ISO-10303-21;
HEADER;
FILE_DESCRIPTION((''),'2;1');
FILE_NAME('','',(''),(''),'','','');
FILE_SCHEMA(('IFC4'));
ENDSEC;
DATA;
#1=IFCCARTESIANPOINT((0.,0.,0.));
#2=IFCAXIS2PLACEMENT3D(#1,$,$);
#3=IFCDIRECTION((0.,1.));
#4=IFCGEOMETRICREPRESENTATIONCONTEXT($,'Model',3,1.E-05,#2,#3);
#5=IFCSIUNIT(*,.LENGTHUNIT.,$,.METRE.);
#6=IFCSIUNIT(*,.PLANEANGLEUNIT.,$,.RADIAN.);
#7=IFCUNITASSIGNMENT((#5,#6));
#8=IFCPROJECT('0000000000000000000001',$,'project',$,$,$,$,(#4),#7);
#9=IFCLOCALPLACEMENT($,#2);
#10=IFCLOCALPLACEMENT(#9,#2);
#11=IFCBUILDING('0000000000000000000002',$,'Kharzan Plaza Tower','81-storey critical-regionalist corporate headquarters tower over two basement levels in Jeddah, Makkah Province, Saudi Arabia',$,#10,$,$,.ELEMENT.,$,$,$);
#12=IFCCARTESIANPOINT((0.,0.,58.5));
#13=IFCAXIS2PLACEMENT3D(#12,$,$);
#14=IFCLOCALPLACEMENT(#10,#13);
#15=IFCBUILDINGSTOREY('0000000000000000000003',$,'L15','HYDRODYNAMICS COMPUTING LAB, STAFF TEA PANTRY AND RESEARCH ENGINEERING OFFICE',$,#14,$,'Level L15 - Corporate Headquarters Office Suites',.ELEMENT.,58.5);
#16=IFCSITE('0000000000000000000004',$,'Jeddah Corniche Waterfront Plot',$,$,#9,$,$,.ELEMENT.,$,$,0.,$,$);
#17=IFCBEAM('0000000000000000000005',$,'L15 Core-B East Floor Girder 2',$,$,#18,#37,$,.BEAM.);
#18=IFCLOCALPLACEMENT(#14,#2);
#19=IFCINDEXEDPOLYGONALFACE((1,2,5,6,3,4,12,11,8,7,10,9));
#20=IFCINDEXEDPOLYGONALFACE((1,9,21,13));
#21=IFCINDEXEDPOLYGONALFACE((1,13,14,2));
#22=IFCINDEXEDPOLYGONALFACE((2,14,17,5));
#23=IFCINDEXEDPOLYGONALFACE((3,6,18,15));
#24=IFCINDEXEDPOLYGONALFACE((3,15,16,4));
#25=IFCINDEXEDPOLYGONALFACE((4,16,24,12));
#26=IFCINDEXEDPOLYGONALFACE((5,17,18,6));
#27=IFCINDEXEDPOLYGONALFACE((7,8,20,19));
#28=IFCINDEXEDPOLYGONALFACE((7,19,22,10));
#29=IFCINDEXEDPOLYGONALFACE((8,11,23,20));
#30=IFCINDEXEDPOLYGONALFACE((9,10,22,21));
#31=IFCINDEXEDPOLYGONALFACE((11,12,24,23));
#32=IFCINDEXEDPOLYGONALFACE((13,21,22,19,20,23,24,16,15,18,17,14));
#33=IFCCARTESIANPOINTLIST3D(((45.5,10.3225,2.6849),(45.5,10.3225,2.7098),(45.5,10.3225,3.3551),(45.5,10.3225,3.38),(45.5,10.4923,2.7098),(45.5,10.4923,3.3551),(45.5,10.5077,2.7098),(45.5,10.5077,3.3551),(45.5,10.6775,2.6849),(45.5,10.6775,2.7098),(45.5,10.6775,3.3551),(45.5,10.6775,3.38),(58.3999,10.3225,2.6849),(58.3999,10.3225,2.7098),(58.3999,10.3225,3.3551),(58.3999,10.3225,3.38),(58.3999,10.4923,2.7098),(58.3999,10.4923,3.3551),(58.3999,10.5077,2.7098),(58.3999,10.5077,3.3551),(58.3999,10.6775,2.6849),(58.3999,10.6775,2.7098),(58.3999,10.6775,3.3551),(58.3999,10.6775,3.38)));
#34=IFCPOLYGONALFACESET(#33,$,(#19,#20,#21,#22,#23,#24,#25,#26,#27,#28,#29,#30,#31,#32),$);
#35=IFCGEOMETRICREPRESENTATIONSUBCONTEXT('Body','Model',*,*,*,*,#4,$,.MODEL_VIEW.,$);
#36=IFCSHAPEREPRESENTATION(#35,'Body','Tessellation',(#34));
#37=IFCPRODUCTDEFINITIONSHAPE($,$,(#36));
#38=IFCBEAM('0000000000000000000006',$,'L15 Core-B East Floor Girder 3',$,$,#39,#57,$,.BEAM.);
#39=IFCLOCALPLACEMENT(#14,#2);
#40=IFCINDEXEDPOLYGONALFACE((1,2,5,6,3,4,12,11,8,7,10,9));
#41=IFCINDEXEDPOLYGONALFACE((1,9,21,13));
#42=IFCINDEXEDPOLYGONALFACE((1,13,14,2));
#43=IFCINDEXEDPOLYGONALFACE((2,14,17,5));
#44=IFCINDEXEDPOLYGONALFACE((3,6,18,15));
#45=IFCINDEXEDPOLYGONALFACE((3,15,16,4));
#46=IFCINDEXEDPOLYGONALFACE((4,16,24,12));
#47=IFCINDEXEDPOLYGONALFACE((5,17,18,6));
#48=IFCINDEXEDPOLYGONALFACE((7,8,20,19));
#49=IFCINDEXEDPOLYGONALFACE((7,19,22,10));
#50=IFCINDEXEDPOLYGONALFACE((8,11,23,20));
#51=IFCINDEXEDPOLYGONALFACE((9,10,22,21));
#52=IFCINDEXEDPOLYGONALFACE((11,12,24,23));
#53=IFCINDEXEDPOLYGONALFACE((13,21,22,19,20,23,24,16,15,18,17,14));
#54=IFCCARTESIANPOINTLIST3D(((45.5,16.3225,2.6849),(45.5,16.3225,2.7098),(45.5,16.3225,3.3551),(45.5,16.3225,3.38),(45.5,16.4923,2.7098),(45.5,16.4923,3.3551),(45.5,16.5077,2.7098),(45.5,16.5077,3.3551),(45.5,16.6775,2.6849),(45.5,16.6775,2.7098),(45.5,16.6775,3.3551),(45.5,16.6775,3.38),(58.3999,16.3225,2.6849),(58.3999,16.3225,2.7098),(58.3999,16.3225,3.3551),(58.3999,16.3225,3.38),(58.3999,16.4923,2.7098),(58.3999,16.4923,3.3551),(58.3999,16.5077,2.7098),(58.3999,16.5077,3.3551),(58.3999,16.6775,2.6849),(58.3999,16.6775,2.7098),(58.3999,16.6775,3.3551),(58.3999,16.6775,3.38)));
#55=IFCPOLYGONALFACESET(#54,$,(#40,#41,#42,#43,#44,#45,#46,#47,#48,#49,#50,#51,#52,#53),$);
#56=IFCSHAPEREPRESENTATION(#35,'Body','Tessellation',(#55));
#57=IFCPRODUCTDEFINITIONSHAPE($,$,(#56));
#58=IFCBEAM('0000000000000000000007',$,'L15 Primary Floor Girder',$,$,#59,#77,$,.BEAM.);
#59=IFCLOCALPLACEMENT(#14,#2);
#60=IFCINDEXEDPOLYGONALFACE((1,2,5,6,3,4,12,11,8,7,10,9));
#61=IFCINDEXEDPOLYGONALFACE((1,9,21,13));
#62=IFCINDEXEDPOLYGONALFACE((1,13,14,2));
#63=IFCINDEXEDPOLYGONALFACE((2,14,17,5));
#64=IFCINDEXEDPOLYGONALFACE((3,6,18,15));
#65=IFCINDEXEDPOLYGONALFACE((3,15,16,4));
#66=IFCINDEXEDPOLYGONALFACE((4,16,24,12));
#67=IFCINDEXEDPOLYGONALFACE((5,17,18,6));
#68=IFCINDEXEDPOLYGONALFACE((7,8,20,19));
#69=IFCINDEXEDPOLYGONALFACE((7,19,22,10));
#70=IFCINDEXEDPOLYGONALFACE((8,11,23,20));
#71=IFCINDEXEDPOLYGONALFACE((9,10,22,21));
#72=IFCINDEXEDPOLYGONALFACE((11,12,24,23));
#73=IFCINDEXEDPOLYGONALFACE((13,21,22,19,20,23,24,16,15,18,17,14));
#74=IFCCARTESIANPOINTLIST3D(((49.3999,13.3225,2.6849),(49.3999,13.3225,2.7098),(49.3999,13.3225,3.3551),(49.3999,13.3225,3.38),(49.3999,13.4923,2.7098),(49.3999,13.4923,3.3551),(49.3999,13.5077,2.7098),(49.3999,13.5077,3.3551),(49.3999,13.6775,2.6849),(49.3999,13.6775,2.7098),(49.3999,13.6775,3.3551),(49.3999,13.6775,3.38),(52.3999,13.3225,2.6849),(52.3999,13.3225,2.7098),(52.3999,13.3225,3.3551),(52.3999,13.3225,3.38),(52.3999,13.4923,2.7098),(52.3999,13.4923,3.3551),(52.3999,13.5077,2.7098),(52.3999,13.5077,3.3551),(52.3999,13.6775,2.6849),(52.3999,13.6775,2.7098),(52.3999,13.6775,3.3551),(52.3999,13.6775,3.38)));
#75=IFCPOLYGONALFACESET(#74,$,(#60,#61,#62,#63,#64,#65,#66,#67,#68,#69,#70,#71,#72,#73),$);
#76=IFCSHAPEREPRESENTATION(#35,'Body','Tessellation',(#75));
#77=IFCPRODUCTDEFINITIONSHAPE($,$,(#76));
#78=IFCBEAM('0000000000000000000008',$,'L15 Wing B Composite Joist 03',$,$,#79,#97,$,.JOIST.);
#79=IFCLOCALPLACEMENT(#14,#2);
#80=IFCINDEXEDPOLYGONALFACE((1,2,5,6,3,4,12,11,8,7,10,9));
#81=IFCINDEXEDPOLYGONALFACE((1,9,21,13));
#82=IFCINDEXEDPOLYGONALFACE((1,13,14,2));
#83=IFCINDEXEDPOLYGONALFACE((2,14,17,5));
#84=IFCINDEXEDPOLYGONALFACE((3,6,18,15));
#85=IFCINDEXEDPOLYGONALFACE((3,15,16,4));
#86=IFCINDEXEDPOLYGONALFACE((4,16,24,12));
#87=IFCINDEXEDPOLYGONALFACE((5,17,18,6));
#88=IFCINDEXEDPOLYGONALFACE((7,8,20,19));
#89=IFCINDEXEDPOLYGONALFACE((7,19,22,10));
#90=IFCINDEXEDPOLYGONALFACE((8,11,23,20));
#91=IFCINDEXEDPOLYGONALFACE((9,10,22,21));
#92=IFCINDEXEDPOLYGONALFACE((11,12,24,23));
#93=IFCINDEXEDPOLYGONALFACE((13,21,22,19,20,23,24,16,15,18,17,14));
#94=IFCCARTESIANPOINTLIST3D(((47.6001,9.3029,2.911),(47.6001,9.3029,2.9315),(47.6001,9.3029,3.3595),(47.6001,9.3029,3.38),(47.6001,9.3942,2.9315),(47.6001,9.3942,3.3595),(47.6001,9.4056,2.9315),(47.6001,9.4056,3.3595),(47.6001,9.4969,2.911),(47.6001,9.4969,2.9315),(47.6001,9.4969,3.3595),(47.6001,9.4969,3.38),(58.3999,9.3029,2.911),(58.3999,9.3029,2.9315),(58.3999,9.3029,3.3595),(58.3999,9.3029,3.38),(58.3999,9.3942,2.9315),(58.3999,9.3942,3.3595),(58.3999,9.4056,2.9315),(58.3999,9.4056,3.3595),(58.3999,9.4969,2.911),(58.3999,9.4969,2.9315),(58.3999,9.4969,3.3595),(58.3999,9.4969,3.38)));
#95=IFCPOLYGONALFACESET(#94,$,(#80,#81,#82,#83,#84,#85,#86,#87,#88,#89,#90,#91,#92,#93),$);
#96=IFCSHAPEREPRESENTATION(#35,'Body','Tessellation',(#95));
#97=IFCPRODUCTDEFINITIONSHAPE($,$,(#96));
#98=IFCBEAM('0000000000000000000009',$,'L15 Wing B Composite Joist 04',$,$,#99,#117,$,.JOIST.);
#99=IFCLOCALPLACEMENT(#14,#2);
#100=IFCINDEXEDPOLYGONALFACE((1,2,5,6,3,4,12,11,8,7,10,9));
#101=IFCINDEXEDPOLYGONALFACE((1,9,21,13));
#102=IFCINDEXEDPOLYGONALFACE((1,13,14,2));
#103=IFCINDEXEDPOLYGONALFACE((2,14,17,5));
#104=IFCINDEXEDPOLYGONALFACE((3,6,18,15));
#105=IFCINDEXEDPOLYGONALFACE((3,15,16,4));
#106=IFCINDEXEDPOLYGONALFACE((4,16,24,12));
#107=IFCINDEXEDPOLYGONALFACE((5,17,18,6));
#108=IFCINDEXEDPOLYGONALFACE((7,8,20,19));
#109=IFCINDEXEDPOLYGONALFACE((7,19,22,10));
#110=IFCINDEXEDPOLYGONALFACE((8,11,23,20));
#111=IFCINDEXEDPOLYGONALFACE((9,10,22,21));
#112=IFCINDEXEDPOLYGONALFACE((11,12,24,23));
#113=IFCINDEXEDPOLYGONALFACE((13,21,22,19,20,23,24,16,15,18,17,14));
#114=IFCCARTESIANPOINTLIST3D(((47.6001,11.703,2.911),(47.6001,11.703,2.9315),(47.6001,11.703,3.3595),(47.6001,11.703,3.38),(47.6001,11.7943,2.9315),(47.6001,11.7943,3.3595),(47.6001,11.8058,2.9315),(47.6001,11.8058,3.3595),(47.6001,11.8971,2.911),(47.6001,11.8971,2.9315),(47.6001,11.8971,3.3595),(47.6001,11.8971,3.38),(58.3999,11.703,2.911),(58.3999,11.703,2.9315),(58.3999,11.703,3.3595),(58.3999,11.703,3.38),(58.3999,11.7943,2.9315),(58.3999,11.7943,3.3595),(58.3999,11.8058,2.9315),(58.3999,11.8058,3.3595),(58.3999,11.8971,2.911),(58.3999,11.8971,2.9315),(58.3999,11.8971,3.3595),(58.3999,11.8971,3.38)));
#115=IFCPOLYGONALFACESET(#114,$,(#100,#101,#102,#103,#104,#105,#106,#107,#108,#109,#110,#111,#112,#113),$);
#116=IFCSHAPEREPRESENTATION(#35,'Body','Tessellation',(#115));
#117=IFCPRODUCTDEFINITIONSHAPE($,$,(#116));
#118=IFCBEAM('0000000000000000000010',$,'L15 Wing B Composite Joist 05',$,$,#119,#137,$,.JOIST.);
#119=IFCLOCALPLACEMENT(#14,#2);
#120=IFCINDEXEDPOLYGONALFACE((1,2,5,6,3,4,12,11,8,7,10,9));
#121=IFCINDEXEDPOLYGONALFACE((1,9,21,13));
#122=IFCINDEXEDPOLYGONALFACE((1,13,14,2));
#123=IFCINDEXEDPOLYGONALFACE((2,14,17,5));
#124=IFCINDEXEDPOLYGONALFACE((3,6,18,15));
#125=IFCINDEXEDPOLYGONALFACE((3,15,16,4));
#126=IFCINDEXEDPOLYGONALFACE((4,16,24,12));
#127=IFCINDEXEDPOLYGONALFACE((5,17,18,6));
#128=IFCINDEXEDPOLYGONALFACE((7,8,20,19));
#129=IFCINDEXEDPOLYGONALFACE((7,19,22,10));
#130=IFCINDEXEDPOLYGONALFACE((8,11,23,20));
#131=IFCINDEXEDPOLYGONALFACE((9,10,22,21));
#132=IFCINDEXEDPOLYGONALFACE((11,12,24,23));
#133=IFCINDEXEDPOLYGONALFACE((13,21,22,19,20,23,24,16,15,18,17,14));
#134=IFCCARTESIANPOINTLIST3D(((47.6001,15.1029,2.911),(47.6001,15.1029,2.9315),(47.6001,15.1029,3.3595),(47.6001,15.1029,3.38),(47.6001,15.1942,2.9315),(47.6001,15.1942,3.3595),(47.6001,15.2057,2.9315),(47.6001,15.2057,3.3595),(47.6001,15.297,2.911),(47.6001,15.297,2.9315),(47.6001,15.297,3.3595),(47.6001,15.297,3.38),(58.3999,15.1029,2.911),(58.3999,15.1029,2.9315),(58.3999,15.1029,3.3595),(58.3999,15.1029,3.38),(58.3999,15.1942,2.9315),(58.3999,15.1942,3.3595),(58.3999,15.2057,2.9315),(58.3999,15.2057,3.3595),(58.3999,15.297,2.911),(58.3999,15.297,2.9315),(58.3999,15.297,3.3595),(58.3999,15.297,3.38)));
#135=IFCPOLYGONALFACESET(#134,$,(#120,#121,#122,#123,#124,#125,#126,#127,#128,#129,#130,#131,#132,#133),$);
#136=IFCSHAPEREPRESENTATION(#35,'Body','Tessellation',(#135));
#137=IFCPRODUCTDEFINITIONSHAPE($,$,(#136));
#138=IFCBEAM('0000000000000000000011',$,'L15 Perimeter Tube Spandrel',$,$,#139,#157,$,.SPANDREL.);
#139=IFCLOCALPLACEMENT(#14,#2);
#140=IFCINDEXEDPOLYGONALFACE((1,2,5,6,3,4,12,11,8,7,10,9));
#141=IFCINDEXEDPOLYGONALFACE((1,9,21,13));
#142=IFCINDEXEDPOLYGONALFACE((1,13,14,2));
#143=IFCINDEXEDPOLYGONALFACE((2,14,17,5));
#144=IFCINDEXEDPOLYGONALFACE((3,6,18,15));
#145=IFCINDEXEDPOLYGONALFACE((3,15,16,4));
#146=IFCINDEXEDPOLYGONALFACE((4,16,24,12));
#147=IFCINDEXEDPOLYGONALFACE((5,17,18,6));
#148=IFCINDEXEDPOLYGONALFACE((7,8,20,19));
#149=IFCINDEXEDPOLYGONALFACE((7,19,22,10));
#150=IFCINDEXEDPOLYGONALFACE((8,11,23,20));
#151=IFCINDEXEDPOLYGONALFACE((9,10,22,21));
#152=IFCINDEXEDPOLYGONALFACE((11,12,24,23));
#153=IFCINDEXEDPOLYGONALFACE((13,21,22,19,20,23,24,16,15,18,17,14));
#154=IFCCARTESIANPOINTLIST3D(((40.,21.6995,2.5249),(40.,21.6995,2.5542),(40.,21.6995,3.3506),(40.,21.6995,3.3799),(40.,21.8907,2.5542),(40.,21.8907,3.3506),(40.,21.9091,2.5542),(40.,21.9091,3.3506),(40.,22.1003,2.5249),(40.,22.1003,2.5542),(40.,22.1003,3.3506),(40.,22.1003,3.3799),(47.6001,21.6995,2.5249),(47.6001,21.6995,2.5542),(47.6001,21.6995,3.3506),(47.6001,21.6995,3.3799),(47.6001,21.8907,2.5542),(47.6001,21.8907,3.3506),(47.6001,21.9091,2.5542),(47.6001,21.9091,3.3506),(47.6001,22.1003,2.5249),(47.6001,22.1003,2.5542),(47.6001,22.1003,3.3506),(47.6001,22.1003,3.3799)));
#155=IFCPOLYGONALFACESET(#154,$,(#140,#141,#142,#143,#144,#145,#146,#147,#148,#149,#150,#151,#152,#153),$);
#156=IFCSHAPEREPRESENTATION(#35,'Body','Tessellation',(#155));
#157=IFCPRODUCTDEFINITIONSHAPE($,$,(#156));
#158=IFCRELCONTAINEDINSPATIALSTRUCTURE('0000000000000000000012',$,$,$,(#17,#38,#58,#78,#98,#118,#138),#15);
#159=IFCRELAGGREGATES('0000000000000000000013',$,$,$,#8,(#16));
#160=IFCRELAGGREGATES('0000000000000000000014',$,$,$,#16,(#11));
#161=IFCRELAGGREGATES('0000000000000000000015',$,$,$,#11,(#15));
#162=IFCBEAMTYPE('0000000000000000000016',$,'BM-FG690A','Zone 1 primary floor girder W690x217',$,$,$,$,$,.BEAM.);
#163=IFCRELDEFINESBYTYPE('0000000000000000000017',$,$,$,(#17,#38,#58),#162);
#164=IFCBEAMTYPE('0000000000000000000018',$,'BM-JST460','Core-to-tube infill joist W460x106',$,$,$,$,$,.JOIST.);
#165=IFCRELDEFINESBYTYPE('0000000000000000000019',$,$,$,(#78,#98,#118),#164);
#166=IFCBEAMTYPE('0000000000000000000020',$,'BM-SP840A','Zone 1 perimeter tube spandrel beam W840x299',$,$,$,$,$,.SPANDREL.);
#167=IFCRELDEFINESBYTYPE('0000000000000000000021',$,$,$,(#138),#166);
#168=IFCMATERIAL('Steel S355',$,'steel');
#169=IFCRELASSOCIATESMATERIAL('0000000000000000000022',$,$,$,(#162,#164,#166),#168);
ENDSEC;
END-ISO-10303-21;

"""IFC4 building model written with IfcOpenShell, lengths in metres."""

from ifc_helpers import new_model, si_unit, direction, frame, origin, origin_2d, place, context, subcontext, project, spatial, i_section, extrude, source, transform, mapped, material, material_profile, profile_set, type_object, element, save


model = new_model("IFC4")

# Units and contexts
model_context = context("Model", 3, precision=1e-05, world=origin(), true_north=direction((0.0, 1.0)))
body_context = subcontext(model_context, "Body", "Model", "MODEL_VIEW")
ifc_project = project(units=[si_unit("LENGTHUNIT", "METRE"), si_unit("PLANEANGLEUNIT", "RADIAN")], contexts=[model_context])

# Site, building, storey
site_placement = place(None, origin())
site = spatial("IfcSite", under=ifc_project, at=site_placement, Name="Jeddah Corniche Waterfront Plot", CompositionType="ELEMENT", RefElevation=0.0)
building_placement = place(site_placement, origin())
building = spatial("IfcBuilding", under=site, at=building_placement, Name="Kharzan Plaza Tower", Description="81-storey critical-regionalist corporate headquarters tower over two basement levels in Jeddah, Makkah Province, Saudi Arabia", CompositionType="ELEMENT")
storey_placement = place(building_placement, frame((0.0, 0.0, 58.5)))
storey = spatial("IfcBuildingStorey", under=building, at=storey_placement, Name="L15", Description="HYDRODYNAMICS COMPUTING LAB, STAFF TEA PANTRY AND RESEARCH ENGINEERING OFFICE", LongName="Level L15 - Corporate Headquarters Office Suites", CompositionType="ELEMENT", Elevation=58.5)

# Beams
ifc_material_1 = material(Name="Steel S355", Category="steel")
ifc_material_profile_1 = material_profile(ifc_material_1, i_section(OverallWidth=0.355, OverallDepth=0.6951, WebThickness=0.0154, FlangeThickness=0.0249, at=origin_2d()), Name="W690x217")
ifc_profile_set_1 = profile_set([ifc_material_profile_1], Name="Steel S355")
beam_type_1 = type_object("IfcBeamType", Name="BM-FG690A", Description="Zone 1 primary floor girder W690x217", PredefinedType="BEAM", material=ifc_profile_set_1)
shared_shape_1 = source(origin(), body_context, "Body", "SweptSolid", [
    extrude(i_section(OverallWidth=0.355, OverallDepth=0.6951, WebThickness=0.0154, FlangeThickness=0.0249, at=origin_2d()), origin(), (0.0, 0.0, 1.0), 12.8999),
])
for number, where, z_axis, x_axis, name in (
    (1, (45.5, 10.5, 3.0325), (1.0, 0.0, 0.0), (0.0, 1.0, 0.0), "L15 Core-B East Floor Girder 2"),
    (2, (45.5, 16.5, 3.0325), (1.0, 0.0, 0.0), (0.0, 1.0, 0.0), "L15 Core-B East Floor Girder 3"),
):
    element("IfcBeam", number, at=place(storey_placement, frame(where, z_axis=z_axis, x_axis=x_axis)), inside=storey, type_object=beam_type_1, Name=name, PredefinedType="BEAM", context=body_context, shape_type="MappedRepresentation", body=[
        mapped(shared_shape_1, transform((0.0, 0.0, 0.0), x_axis=(1.0, 0.0, 0.0), y_axis=(0.0, 1.0, 0.0), z_axis=(0.0, 0.0, 1.0))),
    ])
shared_shape_2 = source(origin(), body_context, "Body", "SweptSolid", [
    extrude(i_section(OverallWidth=0.355, OverallDepth=0.6951, WebThickness=0.0154, FlangeThickness=0.0249, at=origin_2d()), origin(), (0.0, 0.0, 1.0), 3.0),
])
beam_1_placement = place(storey_placement, frame((49.3999, 13.5, 3.0325), z_axis=(1.0, 0.0, 0.0), x_axis=(0.0, 1.0, 0.0)))
element("IfcBeam", 3, at=beam_1_placement, inside=storey, type_object=beam_type_1, Name="L15 Primary Floor Girder", PredefinedType="BEAM", context=body_context, shape_type="MappedRepresentation", body=[
    mapped(shared_shape_2, transform((0.0, 0.0, 0.0), x_axis=(1.0, 0.0, 0.0), y_axis=(0.0, 1.0, 0.0), z_axis=(0.0, 0.0, 1.0))),
])
ifc_material_profile_2 = material_profile(ifc_material_1, i_section(OverallWidth=0.1941, OverallDepth=0.469, WebThickness=0.0115, FlangeThickness=0.0205, at=origin_2d()), Name="W460x106")
ifc_profile_set_2 = profile_set([ifc_material_profile_2], Name="Steel S355")
beam_type_2 = type_object("IfcBeamType", Name="BM-JST460", Description="Core-to-tube infill joist W460x106", PredefinedType="JOIST", material=ifc_profile_set_2)
shared_shape_3 = source(origin(), body_context, "Body", "SweptSolid", [
    extrude(i_section(OverallWidth=0.1941, OverallDepth=0.469, WebThickness=0.0115, FlangeThickness=0.0205, at=origin_2d()), origin(), (0.0, 0.0, 1.0), 10.7998),
])
for number, where, z_axis, x_axis, name in (
    (4, (47.6001, 9.3999, 3.1455), (1.0, 0.0, 0.0), (0.0, 1.0, 0.0), "L15 Wing B Composite Joist 03"),
    (5, (47.6001, 11.8, 3.1455), (1.0, 0.0, 0.0), (0.0, 1.0, 0.0), "L15 Wing B Composite Joist 04"),
    (6, (47.6001, 15.2, 3.1455), (1.0, 0.0, 0.0), (0.0, 1.0, 0.0), "L15 Wing B Composite Joist 05"),
):
    element("IfcBeam", number, at=place(storey_placement, frame(where, z_axis=z_axis, x_axis=x_axis)), inside=storey, type_object=beam_type_2, Name=name, PredefinedType="JOIST", context=body_context, shape_type="MappedRepresentation", body=[
        mapped(shared_shape_3, transform((0.0, 0.0, 0.0), x_axis=(1.0, 0.0, 0.0), y_axis=(0.0, 1.0, 0.0), z_axis=(0.0, 0.0, 1.0))),
    ])
ifc_material_profile_3 = material_profile(ifc_material_1, i_section(OverallWidth=0.4009, OverallDepth=0.855, WebThickness=0.0183, FlangeThickness=0.0293, at=origin_2d()), Name="W840x299")
ifc_profile_set_3 = profile_set([ifc_material_profile_3], Name="Steel S355")
beam_type_3 = type_object("IfcBeamType", Name="BM-SP840A", Description="Zone 1 perimeter tube spandrel beam W840x299", PredefinedType="SPANDREL", material=ifc_profile_set_3)
shared_shape_4 = source(origin(), body_context, "Body", "SweptSolid", [
    extrude(i_section(OverallWidth=0.4009, OverallDepth=0.855, WebThickness=0.0183, FlangeThickness=0.0293, at=origin_2d()), origin(), (0.0, 0.0, 1.0), 7.6001),
])
beam_2_placement = place(storey_placement, frame((40.0, 21.8999, 2.9524), z_axis=(1.0, 0.0, 0.0), x_axis=(0.0, 1.0, 0.0)))
element("IfcBeam", 7, at=beam_2_placement, inside=storey, type_object=beam_type_3, Name="L15 Perimeter Tube Spandrel", PredefinedType="SPANDREL", context=body_context, shape_type="MappedRepresentation", body=[
    mapped(shared_shape_4, transform((0.0, 0.0, 0.0), x_axis=(1.0, 0.0, 0.0), y_axis=(0.0, 1.0, 0.0), z_axis=(0.0, 0.0, 1.0))),
])

save(model, "model.ifc")
